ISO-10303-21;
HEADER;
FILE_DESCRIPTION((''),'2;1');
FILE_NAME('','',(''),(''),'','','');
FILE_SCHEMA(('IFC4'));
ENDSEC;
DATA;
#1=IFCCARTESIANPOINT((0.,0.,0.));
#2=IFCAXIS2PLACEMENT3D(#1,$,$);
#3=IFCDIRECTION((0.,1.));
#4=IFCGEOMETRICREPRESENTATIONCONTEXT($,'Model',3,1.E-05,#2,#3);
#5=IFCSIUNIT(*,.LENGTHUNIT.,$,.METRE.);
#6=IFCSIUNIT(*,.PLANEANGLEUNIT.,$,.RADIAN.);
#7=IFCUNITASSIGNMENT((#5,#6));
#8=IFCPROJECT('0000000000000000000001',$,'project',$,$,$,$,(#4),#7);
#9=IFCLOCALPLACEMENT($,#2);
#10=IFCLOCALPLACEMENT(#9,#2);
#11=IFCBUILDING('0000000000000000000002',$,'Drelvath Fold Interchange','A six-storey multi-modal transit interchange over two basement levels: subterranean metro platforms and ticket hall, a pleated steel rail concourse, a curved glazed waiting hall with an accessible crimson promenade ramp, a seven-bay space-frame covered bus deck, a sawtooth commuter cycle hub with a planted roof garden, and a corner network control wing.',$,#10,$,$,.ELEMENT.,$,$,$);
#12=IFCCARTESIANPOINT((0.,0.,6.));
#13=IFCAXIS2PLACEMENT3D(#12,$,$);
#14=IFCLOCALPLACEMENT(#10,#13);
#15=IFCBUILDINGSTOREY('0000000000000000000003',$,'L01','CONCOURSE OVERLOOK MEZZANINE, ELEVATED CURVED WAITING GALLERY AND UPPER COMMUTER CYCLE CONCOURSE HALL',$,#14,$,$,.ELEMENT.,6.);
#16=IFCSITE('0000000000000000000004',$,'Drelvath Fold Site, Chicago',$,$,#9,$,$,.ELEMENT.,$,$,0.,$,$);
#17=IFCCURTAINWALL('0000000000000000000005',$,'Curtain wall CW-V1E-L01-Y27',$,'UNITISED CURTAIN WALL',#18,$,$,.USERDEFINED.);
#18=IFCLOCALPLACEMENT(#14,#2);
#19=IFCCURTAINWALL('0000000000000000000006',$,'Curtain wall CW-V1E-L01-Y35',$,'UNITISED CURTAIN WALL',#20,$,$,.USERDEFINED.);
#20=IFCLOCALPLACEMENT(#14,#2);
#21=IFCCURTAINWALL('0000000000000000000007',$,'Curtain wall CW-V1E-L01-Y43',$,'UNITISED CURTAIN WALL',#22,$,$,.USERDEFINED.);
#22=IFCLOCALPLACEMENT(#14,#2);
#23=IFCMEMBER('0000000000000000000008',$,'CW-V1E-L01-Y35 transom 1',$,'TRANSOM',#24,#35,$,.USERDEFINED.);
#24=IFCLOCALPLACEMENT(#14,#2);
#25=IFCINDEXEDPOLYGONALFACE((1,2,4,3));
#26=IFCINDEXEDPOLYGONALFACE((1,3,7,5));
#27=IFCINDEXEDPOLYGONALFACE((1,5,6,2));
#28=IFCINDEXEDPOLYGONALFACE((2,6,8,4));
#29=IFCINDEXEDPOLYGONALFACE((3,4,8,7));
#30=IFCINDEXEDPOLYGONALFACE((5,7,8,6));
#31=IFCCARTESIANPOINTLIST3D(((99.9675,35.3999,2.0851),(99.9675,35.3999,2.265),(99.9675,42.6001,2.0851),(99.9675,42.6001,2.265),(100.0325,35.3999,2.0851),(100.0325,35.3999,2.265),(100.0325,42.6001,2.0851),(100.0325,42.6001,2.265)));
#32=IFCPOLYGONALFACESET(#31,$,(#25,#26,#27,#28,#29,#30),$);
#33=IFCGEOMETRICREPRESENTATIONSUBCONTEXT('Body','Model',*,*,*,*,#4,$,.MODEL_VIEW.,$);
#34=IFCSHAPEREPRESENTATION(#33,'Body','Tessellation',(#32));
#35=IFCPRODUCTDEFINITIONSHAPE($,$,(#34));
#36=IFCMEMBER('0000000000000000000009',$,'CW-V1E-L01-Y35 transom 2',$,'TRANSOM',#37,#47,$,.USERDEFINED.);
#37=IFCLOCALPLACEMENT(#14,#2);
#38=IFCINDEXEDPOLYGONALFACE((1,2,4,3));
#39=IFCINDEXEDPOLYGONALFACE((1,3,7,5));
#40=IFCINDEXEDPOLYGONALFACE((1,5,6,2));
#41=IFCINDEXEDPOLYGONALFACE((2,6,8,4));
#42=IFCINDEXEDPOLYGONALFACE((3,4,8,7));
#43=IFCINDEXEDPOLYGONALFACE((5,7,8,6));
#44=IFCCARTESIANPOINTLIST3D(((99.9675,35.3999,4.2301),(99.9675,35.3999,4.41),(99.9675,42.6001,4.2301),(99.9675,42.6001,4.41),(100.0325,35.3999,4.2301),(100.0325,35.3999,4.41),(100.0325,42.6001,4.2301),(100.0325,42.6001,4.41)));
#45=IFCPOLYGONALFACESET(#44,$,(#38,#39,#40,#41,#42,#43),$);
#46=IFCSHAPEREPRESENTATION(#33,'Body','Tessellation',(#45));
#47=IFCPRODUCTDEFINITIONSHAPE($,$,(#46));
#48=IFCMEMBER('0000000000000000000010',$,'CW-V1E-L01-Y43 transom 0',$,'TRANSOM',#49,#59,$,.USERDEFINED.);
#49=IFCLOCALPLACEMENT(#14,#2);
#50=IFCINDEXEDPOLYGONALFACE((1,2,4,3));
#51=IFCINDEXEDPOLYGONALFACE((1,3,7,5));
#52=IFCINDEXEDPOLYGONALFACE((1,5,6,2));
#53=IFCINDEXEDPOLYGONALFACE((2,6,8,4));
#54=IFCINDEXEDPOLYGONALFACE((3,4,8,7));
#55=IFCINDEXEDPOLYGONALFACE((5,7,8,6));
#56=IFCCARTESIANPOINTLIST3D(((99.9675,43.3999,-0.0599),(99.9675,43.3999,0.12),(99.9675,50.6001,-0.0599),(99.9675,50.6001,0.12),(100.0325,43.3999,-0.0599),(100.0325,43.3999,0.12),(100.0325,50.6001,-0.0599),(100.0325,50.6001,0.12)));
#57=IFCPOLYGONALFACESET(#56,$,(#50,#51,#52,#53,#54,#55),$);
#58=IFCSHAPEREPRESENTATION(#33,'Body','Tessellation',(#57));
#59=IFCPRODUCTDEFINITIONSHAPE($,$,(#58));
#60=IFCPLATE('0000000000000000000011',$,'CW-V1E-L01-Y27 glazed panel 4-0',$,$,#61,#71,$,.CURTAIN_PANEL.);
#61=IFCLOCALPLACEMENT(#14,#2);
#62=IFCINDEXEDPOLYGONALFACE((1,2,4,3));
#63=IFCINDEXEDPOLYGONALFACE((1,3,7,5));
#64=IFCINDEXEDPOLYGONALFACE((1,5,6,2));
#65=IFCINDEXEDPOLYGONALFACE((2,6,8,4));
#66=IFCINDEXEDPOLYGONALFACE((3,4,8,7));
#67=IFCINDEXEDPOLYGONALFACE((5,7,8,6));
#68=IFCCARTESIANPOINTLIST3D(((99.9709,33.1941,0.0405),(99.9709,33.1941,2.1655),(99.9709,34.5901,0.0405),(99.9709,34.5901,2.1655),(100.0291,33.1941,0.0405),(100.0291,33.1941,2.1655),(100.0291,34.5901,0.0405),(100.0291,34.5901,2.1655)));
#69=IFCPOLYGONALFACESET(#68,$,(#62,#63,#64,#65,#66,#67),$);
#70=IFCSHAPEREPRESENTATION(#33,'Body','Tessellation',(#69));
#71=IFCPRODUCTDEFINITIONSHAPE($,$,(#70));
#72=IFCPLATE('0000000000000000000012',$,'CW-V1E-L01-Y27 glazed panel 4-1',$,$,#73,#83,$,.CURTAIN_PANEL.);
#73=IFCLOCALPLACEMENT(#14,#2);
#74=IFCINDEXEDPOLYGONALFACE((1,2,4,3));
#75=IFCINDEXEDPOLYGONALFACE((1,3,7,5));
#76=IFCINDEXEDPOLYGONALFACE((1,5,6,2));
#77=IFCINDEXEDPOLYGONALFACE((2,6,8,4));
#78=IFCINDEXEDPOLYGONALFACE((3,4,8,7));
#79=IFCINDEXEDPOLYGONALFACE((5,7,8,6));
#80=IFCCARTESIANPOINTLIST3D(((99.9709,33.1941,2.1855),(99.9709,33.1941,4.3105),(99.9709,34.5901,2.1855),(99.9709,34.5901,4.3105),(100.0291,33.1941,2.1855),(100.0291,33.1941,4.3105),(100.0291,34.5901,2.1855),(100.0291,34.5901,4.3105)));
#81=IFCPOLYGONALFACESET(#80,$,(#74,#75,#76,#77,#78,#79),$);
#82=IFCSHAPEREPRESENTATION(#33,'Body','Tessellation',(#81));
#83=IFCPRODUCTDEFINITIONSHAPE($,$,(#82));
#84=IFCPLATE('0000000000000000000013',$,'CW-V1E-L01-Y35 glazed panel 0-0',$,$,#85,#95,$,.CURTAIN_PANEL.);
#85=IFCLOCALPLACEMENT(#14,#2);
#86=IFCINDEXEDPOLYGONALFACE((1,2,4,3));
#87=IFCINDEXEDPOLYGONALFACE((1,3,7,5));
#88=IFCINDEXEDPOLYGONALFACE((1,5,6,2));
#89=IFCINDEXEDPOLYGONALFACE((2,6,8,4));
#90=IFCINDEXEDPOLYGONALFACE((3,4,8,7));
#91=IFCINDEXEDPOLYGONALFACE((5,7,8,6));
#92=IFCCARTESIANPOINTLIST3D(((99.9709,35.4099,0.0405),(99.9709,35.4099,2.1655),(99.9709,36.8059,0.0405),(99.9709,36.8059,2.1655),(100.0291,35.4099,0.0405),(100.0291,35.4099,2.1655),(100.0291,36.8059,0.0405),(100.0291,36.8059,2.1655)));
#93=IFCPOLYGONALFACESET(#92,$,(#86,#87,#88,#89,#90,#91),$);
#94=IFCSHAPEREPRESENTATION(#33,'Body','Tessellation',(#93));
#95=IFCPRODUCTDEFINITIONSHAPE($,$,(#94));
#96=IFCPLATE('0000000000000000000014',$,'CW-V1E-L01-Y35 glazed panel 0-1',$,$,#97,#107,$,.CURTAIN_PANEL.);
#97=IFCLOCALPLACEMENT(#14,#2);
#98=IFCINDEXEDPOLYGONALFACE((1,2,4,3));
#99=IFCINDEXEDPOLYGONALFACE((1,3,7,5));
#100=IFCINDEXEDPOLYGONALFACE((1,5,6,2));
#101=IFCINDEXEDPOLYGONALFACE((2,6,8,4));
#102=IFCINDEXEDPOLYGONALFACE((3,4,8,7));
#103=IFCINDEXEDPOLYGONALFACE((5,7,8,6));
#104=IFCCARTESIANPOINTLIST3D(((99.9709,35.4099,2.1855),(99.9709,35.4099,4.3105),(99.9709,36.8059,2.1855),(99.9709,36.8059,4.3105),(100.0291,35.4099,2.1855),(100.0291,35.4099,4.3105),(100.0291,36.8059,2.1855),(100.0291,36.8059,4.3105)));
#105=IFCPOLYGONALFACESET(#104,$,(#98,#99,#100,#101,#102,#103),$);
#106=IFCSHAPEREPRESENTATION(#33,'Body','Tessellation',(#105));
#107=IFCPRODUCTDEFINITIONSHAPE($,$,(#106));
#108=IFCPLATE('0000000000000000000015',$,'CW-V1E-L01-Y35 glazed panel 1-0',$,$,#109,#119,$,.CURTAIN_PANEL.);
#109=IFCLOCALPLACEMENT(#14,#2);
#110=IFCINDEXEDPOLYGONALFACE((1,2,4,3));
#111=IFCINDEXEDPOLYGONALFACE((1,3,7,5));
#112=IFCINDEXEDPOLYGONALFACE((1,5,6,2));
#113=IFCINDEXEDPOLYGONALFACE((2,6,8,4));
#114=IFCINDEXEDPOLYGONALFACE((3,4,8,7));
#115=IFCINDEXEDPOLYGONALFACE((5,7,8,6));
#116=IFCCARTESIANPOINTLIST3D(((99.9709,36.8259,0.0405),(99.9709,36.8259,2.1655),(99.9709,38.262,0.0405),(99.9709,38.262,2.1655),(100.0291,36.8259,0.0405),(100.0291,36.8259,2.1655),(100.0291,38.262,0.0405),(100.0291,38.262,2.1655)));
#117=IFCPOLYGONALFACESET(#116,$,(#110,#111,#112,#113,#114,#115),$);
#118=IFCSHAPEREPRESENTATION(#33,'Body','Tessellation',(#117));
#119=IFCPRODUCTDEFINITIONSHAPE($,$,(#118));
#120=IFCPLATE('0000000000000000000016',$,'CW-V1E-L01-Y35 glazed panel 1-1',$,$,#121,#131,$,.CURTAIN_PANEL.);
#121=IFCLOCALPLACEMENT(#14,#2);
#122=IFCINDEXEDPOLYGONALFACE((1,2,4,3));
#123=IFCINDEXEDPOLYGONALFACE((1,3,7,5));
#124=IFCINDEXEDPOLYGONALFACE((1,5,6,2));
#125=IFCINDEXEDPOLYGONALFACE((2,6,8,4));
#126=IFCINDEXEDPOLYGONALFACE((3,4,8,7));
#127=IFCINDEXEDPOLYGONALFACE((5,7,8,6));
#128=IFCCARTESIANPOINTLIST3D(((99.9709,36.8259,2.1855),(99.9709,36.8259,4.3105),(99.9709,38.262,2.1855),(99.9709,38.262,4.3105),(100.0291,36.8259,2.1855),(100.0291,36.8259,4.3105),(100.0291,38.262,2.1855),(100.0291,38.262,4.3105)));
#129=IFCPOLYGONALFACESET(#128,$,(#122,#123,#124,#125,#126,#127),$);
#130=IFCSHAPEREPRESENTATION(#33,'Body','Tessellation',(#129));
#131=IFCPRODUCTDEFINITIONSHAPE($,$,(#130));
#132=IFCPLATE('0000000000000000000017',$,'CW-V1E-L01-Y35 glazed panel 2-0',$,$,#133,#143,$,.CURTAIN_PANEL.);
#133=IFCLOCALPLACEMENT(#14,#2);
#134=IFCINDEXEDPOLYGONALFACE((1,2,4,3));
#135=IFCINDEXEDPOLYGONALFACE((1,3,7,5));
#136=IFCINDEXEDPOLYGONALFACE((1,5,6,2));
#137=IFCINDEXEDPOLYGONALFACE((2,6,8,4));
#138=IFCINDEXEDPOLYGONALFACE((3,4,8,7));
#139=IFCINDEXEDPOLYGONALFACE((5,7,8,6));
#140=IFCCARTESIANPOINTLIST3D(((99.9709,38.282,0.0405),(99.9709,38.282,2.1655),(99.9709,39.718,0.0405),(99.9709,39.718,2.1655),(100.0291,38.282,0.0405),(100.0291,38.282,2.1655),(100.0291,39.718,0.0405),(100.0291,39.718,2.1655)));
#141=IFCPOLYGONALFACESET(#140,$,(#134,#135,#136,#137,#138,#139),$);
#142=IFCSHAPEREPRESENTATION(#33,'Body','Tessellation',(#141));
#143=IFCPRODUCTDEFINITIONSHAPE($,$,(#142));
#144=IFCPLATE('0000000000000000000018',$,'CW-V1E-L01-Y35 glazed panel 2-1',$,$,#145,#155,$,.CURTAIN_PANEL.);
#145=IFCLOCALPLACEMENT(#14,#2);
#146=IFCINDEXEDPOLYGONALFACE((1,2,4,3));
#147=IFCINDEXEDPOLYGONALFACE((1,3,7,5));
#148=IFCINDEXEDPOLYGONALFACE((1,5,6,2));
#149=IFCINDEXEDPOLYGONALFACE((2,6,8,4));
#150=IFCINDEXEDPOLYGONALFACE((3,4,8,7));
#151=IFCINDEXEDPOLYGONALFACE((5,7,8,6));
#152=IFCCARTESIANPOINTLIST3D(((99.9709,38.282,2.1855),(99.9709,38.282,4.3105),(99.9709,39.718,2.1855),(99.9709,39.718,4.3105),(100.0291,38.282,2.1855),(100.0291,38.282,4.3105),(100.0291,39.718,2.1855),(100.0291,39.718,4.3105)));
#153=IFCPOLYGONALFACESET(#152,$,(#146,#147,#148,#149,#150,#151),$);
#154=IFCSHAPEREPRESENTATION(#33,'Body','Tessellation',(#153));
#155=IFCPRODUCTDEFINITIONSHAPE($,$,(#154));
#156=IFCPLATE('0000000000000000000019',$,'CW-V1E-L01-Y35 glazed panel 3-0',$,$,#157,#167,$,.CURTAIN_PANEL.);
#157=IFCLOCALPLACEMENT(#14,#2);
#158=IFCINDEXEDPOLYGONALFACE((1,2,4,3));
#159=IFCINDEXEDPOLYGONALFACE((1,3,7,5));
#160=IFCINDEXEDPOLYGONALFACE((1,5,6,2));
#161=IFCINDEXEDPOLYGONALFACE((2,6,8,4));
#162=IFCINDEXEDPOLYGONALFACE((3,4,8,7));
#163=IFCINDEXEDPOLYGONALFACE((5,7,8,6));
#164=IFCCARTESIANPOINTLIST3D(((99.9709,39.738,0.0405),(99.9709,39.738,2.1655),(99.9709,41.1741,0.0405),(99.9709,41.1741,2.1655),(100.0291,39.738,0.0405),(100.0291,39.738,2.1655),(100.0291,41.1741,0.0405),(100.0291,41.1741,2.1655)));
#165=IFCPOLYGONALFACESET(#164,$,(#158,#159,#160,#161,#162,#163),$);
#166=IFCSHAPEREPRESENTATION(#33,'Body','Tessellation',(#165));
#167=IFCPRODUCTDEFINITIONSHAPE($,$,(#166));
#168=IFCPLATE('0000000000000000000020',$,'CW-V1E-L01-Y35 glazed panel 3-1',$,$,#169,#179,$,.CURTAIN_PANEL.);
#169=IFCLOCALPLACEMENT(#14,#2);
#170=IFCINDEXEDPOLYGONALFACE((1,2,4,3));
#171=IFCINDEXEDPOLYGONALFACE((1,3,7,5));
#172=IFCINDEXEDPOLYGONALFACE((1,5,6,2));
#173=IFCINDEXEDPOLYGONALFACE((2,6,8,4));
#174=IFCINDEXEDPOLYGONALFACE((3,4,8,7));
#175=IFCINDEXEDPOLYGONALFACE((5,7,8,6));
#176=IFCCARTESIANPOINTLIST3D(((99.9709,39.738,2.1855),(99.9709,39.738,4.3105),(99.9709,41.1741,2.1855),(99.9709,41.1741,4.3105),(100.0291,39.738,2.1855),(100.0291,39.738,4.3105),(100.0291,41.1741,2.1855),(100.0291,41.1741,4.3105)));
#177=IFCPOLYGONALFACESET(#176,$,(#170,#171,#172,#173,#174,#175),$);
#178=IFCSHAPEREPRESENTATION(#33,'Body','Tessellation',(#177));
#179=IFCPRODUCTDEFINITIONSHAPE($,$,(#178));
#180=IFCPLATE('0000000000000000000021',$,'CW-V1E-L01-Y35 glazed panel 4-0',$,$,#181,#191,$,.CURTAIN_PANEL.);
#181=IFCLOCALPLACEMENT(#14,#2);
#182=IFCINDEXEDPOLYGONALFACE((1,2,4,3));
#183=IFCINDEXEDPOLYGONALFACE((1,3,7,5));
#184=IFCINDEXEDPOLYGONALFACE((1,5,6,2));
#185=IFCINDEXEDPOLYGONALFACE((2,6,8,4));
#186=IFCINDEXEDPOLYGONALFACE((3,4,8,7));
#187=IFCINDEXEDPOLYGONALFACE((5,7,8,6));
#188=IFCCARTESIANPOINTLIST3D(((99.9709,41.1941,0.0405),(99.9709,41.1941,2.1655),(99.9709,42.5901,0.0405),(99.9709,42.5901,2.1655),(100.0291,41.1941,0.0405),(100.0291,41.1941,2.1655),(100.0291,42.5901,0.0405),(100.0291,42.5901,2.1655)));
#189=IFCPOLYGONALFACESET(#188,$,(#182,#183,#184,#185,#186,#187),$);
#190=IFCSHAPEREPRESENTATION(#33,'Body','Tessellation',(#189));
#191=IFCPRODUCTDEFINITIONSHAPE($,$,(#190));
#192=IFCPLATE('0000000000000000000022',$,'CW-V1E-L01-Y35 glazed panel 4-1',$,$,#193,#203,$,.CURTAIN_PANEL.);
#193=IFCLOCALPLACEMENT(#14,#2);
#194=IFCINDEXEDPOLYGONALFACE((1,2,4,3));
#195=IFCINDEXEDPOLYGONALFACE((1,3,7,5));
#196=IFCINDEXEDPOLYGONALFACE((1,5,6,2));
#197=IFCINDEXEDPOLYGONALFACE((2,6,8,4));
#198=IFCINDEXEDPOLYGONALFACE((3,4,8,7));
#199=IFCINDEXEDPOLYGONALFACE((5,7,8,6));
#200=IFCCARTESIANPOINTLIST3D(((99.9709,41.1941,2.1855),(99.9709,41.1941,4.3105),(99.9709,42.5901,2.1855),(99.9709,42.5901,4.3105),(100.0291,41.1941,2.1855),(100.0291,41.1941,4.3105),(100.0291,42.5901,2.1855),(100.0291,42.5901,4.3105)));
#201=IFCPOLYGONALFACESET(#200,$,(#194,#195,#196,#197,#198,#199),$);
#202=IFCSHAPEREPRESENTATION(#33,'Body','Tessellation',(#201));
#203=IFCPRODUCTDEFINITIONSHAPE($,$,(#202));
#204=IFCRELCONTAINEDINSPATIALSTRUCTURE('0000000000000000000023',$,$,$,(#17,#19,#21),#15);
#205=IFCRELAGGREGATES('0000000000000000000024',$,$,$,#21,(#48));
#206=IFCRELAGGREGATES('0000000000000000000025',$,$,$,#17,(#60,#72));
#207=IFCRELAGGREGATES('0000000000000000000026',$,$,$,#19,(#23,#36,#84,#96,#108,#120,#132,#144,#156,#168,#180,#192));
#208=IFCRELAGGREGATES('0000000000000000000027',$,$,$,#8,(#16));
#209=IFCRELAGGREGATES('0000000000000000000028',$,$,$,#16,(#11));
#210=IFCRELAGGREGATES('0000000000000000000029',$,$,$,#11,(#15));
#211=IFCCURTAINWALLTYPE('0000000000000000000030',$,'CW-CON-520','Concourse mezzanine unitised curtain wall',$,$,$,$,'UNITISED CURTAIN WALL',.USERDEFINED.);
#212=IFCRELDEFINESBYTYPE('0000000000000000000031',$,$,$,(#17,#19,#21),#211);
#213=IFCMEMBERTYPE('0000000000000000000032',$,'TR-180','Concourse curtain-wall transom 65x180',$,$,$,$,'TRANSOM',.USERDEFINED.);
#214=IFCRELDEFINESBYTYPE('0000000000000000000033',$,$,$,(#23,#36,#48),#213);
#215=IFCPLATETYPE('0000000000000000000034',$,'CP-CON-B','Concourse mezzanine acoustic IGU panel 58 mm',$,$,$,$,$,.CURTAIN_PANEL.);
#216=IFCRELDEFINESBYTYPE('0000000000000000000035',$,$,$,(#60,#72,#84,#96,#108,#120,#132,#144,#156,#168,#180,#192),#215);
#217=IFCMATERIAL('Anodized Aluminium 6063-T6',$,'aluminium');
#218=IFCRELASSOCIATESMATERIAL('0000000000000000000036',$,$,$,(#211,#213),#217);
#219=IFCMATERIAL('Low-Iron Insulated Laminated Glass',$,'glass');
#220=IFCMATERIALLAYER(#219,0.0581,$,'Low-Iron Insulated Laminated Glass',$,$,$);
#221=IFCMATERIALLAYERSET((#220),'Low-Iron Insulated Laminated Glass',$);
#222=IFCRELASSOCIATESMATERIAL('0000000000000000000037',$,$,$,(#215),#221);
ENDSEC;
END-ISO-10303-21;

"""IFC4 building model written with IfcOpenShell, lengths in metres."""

from ifc_helpers import new_model, si_unit, direction, frame, origin, origin_2d, place, context, subcontext, project, spatial, rectangle, extrude, material, layer, layer_set, material_profile, profile_set, type_object, element, aggregate, save


model = new_model("IFC4")

# Units and contexts
model_context = context("Model", 3, precision=1e-05, world=origin(), true_north=direction((0.0, 1.0)))
body_context = subcontext(model_context, "Body", "Model", "MODEL_VIEW")
ifc_project = project(units=[si_unit("LENGTHUNIT", "METRE"), si_unit("PLANEANGLEUNIT", "RADIAN")], contexts=[model_context])

# Site, building, storey
site_placement = place(None, origin())
site = spatial("IfcSite", under=ifc_project, at=site_placement, Name="Drelvath Fold Site, Chicago", CompositionType="ELEMENT", RefElevation=0.0)
building_placement = place(site_placement, origin())
building = spatial("IfcBuilding", under=site, at=building_placement, Name="Drelvath Fold Interchange", Description="A six-storey multi-modal transit interchange over two basement levels: subterranean metro platforms and ticket hall, a pleated steel rail concourse, a curved glazed waiting hall with an accessible crimson promenade ramp, a seven-bay space-frame covered bus deck, a sawtooth commuter cycle hub with a planted roof garden, and a corner network control wing.", CompositionType="ELEMENT")
storey_placement = place(building_placement, frame((0.0, 0.0, 6.0)))
storey = spatial("IfcBuildingStorey", under=building, at=storey_placement, Name="L01", Description="CONCOURSE OVERLOOK MEZZANINE, ELEVATED CURVED WAITING GALLERY AND UPPER COMMUTER CYCLE CONCOURSE HALL", CompositionType="ELEMENT", Elevation=6.0)

# Curtain walls
ifc_material_1 = material(Name="Anodized Aluminium 6063-T6", Category="aluminium")
curtain_wall_type = type_object("IfcCurtainWallType", Name="CW-CON-520", Description="Concourse mezzanine unitised curtain wall", ElementType="UNITISED CURTAIN WALL", PredefinedType="USERDEFINED", material=ifc_material_1)
curtain_wall_1_placement = place(storey_placement, origin())
curtain_wall_1 = element("IfcCurtainWall", 1, at=curtain_wall_1_placement, inside=storey, type_object=curtain_wall_type, Name="Curtain wall CW-V1E-L01-Y27", ObjectType="UNITISED CURTAIN WALL", PredefinedType="USERDEFINED")
curtain_wall_2_placement = place(storey_placement, origin())
curtain_wall_2 = element("IfcCurtainWall", 2, at=curtain_wall_2_placement, inside=storey, type_object=curtain_wall_type, Name="Curtain wall CW-V1E-L01-Y35", ObjectType="UNITISED CURTAIN WALL", PredefinedType="USERDEFINED")

# Curtain wall
curtain_wall_3_placement = place(storey_placement, origin())
curtain_wall_3 = element("IfcCurtainWall", 3, at=curtain_wall_3_placement, inside=storey, type_object=curtain_wall_type, Name="Curtain wall CW-V1E-L01-Y43", ObjectType="UNITISED CURTAIN WALL", PredefinedType="USERDEFINED")

# Members
ifc_material_profile_1 = material_profile(ifc_material_1, rectangle(XDim=0.0649, YDim=0.1799, at=origin_2d()), Name="AL-T 65x180")
ifc_profile_set_1 = profile_set([ifc_material_profile_1], Name="Anodized Aluminium 6063-T6")
member_type_1 = type_object("IfcMemberType", Name="TR-180", Description="Concourse curtain-wall transom 65x180", ElementType="TRANSOM", PredefinedType="USERDEFINED", material=ifc_profile_set_1)
member_1_placement = place(storey_placement, frame((100.0, 35.3999, 2.175), z_axis=(0.0, 1.0, 0.0), x_axis=(-1.0, 0.0, 0.0)))
member_1 = element("IfcMember", 4, at=member_1_placement, type_object=member_type_1, Name="CW-V1E-L01-Y35 transom 1", ObjectType="TRANSOM", PredefinedType="USERDEFINED", context=body_context, shape_type="SweptSolid", body=[
    extrude(rectangle(XDim=0.0649, YDim=0.1799, at=origin_2d()), origin(), (0.0, 0.0, 1.0), 7.2002),
])
member_2_placement = place(storey_placement, frame((100.0, 35.3999, 4.3201), z_axis=(0.0, 1.0, 0.0), x_axis=(-1.0, 0.0, 0.0)))
member_2 = element("IfcMember", 5, at=member_2_placement, type_object=member_type_1, Name="CW-V1E-L01-Y35 transom 2", ObjectType="TRANSOM", PredefinedType="USERDEFINED", context=body_context, shape_type="SweptSolid", body=[
    extrude(rectangle(XDim=0.0649, YDim=0.1799, at=origin_2d()), origin(), (0.0, 0.0, 1.0), 7.2002),
])
member_3_placement = place(storey_placement, frame((100.0, 43.3999, 0.03), z_axis=(0.0, 1.0, 0.0), x_axis=(-1.0, 0.0, 0.0)))
member_3 = element("IfcMember", 6, at=member_3_placement, type_object=member_type_1, Name="CW-V1E-L01-Y43 transom 0", ObjectType="TRANSOM", PredefinedType="USERDEFINED", context=body_context, shape_type="SweptSolid", body=[
    extrude(rectangle(XDim=0.0649, YDim=0.1799, at=origin_2d()), origin(), (0.0, 0.0, 1.0), 7.2002),
])
aggregate(curtain_wall_3, [member_3])

# Plates
ifc_material_2 = material(Name="Low-Iron Insulated Laminated Glass", Category="glass")
ifc_layer = layer(ifc_material_2, 0.0581, Name="Low-Iron Insulated Laminated Glass")
ifc_layer_set = layer_set([ifc_layer], Name="Low-Iron Insulated Laminated Glass")
plate_type = type_object("IfcPlateType", Name="CP-CON-B", Description="Concourse mezzanine acoustic IGU panel 58 mm", PredefinedType="CURTAIN_PANEL", material=ifc_layer_set)
plate_1_placement = place(storey_placement, frame((100.0, 33.8921, 0.0405), z_axis=(0.0, 0.0, 1.0), x_axis=(0.0, 1.0, 0.0)))
plate_1 = element("IfcPlate", 7, at=plate_1_placement, type_object=plate_type, Name="CW-V1E-L01-Y27 glazed panel 4-0", PredefinedType="CURTAIN_PANEL", context=body_context, shape_type="SweptSolid", body=[
    extrude(rectangle(XDim=1.396, YDim=0.0581, at=origin_2d()), origin(), (0.0, 0.0, 1.0), 2.125),
])
plate_2_placement = place(storey_placement, frame((100.0, 33.8921, 2.1855), z_axis=(0.0, 0.0, 1.0), x_axis=(0.0, 1.0, 0.0)))
plate_2 = element("IfcPlate", 8, at=plate_2_placement, type_object=plate_type, Name="CW-V1E-L01-Y27 glazed panel 4-1", PredefinedType="CURTAIN_PANEL", context=body_context, shape_type="SweptSolid", body=[
    extrude(rectangle(XDim=1.396, YDim=0.0581, at=origin_2d()), origin(), (0.0, 0.0, 1.0), 2.125),
])
aggregate(curtain_wall_1, [plate_1, plate_2])
plate_3_placement = place(storey_placement, frame((100.0, 36.1079, 0.0405), z_axis=(0.0, 0.0, 1.0), x_axis=(0.0, 1.0, 0.0)))
plate_3 = element("IfcPlate", 9, at=plate_3_placement, type_object=plate_type, Name="CW-V1E-L01-Y35 glazed panel 0-0", PredefinedType="CURTAIN_PANEL", context=body_context, shape_type="SweptSolid", body=[
    extrude(rectangle(XDim=1.396, YDim=0.0581, at=origin_2d()), origin(), (0.0, 0.0, 1.0), 2.125),
])
plate_4_placement = place(storey_placement, frame((100.0, 36.1079, 2.1855), z_axis=(0.0, 0.0, 1.0), x_axis=(0.0, 1.0, 0.0)))
plate_4 = element("IfcPlate", 10, at=plate_4_placement, type_object=plate_type, Name="CW-V1E-L01-Y35 glazed panel 0-1", PredefinedType="CURTAIN_PANEL", context=body_context, shape_type="SweptSolid", body=[
    extrude(rectangle(XDim=1.396, YDim=0.0581, at=origin_2d()), origin(), (0.0, 0.0, 1.0), 2.125),
])
plate_5_placement = place(storey_placement, frame((100.0, 37.5439, 0.0405), z_axis=(0.0, 0.0, 1.0), x_axis=(0.0, 1.0, 0.0)))
plate_5 = element("IfcPlate", 11, at=plate_5_placement, type_object=plate_type, Name="CW-V1E-L01-Y35 glazed panel 1-0", PredefinedType="CURTAIN_PANEL", context=body_context, shape_type="SweptSolid", body=[
    extrude(rectangle(XDim=1.436, YDim=0.0581, at=origin_2d()), origin(), (0.0, 0.0, 1.0), 2.125),
])
plate_6_placement = place(storey_placement, frame((100.0, 37.5439, 2.1855), z_axis=(0.0, 0.0, 1.0), x_axis=(0.0, 1.0, 0.0)))
plate_6 = element("IfcPlate", 12, at=plate_6_placement, type_object=plate_type, Name="CW-V1E-L01-Y35 glazed panel 1-1", PredefinedType="CURTAIN_PANEL", context=body_context, shape_type="SweptSolid", body=[
    extrude(rectangle(XDim=1.436, YDim=0.0581, at=origin_2d()), origin(), (0.0, 0.0, 1.0), 2.125),
])
plate_7_placement = place(storey_placement, frame((100.0, 39.0, 0.0405), z_axis=(0.0, 0.0, 1.0), x_axis=(0.0, 1.0, 0.0)))
plate_7 = element("IfcPlate", 13, at=plate_7_placement, type_object=plate_type, Name="CW-V1E-L01-Y35 glazed panel 2-0", PredefinedType="CURTAIN_PANEL", context=body_context, shape_type="SweptSolid", body=[
    extrude(rectangle(XDim=1.436, YDim=0.0581, at=origin_2d()), origin(), (0.0, 0.0, 1.0), 2.125),
])
plate_8_placement = place(storey_placement, frame((100.0, 39.0, 2.1855), z_axis=(0.0, 0.0, 1.0), x_axis=(0.0, 1.0, 0.0)))
plate_8 = element("IfcPlate", 14, at=plate_8_placement, type_object=plate_type, Name="CW-V1E-L01-Y35 glazed panel 2-1", PredefinedType="CURTAIN_PANEL", context=body_context, shape_type="SweptSolid", body=[
    extrude(rectangle(XDim=1.436, YDim=0.0581, at=origin_2d()), origin(), (0.0, 0.0, 1.0), 2.125),
])
plate_9_placement = place(storey_placement, frame((100.0, 40.4561, 0.0405), z_axis=(0.0, 0.0, 1.0), x_axis=(0.0, 1.0, 0.0)))
plate_9 = element("IfcPlate", 15, at=plate_9_placement, type_object=plate_type, Name="CW-V1E-L01-Y35 glazed panel 3-0", PredefinedType="CURTAIN_PANEL", context=body_context, shape_type="SweptSolid", body=[
    extrude(rectangle(XDim=1.436, YDim=0.0581, at=origin_2d()), origin(), (0.0, 0.0, 1.0), 2.125),
])
plate_10_placement = place(storey_placement, frame((100.0, 40.4561, 2.1855), z_axis=(0.0, 0.0, 1.0), x_axis=(0.0, 1.0, 0.0)))
plate_10 = element("IfcPlate", 16, at=plate_10_placement, type_object=plate_type, Name="CW-V1E-L01-Y35 glazed panel 3-1", PredefinedType="CURTAIN_PANEL", context=body_context, shape_type="SweptSolid", body=[
    extrude(rectangle(XDim=1.436, YDim=0.0581, at=origin_2d()), origin(), (0.0, 0.0, 1.0), 2.125),
])
plate_11_placement = place(storey_placement, frame((100.0, 41.8921, 0.0405), z_axis=(0.0, 0.0, 1.0), x_axis=(0.0, 1.0, 0.0)))
plate_11 = element("IfcPlate", 17, at=plate_11_placement, type_object=plate_type, Name="CW-V1E-L01-Y35 glazed panel 4-0", PredefinedType="CURTAIN_PANEL", context=body_context, shape_type="SweptSolid", body=[
    extrude(rectangle(XDim=1.396, YDim=0.0581, at=origin_2d()), origin(), (0.0, 0.0, 1.0), 2.125),
])
plate_12_placement = place(storey_placement, frame((100.0, 41.8921, 2.1855), z_axis=(0.0, 0.0, 1.0), x_axis=(0.0, 1.0, 0.0)))
plate_12 = element("IfcPlate", 18, at=plate_12_placement, type_object=plate_type, Name="CW-V1E-L01-Y35 glazed panel 4-1", PredefinedType="CURTAIN_PANEL", context=body_context, shape_type="SweptSolid", body=[
    extrude(rectangle(XDim=1.396, YDim=0.0581, at=origin_2d()), origin(), (0.0, 0.0, 1.0), 2.125),
])
aggregate(curtain_wall_2, [member_1, member_2, plate_3, plate_4, plate_5, plate_6, plate_7, plate_8, plate_9, plate_10, plate_11, plate_12])

save(model, "model.ifc")
